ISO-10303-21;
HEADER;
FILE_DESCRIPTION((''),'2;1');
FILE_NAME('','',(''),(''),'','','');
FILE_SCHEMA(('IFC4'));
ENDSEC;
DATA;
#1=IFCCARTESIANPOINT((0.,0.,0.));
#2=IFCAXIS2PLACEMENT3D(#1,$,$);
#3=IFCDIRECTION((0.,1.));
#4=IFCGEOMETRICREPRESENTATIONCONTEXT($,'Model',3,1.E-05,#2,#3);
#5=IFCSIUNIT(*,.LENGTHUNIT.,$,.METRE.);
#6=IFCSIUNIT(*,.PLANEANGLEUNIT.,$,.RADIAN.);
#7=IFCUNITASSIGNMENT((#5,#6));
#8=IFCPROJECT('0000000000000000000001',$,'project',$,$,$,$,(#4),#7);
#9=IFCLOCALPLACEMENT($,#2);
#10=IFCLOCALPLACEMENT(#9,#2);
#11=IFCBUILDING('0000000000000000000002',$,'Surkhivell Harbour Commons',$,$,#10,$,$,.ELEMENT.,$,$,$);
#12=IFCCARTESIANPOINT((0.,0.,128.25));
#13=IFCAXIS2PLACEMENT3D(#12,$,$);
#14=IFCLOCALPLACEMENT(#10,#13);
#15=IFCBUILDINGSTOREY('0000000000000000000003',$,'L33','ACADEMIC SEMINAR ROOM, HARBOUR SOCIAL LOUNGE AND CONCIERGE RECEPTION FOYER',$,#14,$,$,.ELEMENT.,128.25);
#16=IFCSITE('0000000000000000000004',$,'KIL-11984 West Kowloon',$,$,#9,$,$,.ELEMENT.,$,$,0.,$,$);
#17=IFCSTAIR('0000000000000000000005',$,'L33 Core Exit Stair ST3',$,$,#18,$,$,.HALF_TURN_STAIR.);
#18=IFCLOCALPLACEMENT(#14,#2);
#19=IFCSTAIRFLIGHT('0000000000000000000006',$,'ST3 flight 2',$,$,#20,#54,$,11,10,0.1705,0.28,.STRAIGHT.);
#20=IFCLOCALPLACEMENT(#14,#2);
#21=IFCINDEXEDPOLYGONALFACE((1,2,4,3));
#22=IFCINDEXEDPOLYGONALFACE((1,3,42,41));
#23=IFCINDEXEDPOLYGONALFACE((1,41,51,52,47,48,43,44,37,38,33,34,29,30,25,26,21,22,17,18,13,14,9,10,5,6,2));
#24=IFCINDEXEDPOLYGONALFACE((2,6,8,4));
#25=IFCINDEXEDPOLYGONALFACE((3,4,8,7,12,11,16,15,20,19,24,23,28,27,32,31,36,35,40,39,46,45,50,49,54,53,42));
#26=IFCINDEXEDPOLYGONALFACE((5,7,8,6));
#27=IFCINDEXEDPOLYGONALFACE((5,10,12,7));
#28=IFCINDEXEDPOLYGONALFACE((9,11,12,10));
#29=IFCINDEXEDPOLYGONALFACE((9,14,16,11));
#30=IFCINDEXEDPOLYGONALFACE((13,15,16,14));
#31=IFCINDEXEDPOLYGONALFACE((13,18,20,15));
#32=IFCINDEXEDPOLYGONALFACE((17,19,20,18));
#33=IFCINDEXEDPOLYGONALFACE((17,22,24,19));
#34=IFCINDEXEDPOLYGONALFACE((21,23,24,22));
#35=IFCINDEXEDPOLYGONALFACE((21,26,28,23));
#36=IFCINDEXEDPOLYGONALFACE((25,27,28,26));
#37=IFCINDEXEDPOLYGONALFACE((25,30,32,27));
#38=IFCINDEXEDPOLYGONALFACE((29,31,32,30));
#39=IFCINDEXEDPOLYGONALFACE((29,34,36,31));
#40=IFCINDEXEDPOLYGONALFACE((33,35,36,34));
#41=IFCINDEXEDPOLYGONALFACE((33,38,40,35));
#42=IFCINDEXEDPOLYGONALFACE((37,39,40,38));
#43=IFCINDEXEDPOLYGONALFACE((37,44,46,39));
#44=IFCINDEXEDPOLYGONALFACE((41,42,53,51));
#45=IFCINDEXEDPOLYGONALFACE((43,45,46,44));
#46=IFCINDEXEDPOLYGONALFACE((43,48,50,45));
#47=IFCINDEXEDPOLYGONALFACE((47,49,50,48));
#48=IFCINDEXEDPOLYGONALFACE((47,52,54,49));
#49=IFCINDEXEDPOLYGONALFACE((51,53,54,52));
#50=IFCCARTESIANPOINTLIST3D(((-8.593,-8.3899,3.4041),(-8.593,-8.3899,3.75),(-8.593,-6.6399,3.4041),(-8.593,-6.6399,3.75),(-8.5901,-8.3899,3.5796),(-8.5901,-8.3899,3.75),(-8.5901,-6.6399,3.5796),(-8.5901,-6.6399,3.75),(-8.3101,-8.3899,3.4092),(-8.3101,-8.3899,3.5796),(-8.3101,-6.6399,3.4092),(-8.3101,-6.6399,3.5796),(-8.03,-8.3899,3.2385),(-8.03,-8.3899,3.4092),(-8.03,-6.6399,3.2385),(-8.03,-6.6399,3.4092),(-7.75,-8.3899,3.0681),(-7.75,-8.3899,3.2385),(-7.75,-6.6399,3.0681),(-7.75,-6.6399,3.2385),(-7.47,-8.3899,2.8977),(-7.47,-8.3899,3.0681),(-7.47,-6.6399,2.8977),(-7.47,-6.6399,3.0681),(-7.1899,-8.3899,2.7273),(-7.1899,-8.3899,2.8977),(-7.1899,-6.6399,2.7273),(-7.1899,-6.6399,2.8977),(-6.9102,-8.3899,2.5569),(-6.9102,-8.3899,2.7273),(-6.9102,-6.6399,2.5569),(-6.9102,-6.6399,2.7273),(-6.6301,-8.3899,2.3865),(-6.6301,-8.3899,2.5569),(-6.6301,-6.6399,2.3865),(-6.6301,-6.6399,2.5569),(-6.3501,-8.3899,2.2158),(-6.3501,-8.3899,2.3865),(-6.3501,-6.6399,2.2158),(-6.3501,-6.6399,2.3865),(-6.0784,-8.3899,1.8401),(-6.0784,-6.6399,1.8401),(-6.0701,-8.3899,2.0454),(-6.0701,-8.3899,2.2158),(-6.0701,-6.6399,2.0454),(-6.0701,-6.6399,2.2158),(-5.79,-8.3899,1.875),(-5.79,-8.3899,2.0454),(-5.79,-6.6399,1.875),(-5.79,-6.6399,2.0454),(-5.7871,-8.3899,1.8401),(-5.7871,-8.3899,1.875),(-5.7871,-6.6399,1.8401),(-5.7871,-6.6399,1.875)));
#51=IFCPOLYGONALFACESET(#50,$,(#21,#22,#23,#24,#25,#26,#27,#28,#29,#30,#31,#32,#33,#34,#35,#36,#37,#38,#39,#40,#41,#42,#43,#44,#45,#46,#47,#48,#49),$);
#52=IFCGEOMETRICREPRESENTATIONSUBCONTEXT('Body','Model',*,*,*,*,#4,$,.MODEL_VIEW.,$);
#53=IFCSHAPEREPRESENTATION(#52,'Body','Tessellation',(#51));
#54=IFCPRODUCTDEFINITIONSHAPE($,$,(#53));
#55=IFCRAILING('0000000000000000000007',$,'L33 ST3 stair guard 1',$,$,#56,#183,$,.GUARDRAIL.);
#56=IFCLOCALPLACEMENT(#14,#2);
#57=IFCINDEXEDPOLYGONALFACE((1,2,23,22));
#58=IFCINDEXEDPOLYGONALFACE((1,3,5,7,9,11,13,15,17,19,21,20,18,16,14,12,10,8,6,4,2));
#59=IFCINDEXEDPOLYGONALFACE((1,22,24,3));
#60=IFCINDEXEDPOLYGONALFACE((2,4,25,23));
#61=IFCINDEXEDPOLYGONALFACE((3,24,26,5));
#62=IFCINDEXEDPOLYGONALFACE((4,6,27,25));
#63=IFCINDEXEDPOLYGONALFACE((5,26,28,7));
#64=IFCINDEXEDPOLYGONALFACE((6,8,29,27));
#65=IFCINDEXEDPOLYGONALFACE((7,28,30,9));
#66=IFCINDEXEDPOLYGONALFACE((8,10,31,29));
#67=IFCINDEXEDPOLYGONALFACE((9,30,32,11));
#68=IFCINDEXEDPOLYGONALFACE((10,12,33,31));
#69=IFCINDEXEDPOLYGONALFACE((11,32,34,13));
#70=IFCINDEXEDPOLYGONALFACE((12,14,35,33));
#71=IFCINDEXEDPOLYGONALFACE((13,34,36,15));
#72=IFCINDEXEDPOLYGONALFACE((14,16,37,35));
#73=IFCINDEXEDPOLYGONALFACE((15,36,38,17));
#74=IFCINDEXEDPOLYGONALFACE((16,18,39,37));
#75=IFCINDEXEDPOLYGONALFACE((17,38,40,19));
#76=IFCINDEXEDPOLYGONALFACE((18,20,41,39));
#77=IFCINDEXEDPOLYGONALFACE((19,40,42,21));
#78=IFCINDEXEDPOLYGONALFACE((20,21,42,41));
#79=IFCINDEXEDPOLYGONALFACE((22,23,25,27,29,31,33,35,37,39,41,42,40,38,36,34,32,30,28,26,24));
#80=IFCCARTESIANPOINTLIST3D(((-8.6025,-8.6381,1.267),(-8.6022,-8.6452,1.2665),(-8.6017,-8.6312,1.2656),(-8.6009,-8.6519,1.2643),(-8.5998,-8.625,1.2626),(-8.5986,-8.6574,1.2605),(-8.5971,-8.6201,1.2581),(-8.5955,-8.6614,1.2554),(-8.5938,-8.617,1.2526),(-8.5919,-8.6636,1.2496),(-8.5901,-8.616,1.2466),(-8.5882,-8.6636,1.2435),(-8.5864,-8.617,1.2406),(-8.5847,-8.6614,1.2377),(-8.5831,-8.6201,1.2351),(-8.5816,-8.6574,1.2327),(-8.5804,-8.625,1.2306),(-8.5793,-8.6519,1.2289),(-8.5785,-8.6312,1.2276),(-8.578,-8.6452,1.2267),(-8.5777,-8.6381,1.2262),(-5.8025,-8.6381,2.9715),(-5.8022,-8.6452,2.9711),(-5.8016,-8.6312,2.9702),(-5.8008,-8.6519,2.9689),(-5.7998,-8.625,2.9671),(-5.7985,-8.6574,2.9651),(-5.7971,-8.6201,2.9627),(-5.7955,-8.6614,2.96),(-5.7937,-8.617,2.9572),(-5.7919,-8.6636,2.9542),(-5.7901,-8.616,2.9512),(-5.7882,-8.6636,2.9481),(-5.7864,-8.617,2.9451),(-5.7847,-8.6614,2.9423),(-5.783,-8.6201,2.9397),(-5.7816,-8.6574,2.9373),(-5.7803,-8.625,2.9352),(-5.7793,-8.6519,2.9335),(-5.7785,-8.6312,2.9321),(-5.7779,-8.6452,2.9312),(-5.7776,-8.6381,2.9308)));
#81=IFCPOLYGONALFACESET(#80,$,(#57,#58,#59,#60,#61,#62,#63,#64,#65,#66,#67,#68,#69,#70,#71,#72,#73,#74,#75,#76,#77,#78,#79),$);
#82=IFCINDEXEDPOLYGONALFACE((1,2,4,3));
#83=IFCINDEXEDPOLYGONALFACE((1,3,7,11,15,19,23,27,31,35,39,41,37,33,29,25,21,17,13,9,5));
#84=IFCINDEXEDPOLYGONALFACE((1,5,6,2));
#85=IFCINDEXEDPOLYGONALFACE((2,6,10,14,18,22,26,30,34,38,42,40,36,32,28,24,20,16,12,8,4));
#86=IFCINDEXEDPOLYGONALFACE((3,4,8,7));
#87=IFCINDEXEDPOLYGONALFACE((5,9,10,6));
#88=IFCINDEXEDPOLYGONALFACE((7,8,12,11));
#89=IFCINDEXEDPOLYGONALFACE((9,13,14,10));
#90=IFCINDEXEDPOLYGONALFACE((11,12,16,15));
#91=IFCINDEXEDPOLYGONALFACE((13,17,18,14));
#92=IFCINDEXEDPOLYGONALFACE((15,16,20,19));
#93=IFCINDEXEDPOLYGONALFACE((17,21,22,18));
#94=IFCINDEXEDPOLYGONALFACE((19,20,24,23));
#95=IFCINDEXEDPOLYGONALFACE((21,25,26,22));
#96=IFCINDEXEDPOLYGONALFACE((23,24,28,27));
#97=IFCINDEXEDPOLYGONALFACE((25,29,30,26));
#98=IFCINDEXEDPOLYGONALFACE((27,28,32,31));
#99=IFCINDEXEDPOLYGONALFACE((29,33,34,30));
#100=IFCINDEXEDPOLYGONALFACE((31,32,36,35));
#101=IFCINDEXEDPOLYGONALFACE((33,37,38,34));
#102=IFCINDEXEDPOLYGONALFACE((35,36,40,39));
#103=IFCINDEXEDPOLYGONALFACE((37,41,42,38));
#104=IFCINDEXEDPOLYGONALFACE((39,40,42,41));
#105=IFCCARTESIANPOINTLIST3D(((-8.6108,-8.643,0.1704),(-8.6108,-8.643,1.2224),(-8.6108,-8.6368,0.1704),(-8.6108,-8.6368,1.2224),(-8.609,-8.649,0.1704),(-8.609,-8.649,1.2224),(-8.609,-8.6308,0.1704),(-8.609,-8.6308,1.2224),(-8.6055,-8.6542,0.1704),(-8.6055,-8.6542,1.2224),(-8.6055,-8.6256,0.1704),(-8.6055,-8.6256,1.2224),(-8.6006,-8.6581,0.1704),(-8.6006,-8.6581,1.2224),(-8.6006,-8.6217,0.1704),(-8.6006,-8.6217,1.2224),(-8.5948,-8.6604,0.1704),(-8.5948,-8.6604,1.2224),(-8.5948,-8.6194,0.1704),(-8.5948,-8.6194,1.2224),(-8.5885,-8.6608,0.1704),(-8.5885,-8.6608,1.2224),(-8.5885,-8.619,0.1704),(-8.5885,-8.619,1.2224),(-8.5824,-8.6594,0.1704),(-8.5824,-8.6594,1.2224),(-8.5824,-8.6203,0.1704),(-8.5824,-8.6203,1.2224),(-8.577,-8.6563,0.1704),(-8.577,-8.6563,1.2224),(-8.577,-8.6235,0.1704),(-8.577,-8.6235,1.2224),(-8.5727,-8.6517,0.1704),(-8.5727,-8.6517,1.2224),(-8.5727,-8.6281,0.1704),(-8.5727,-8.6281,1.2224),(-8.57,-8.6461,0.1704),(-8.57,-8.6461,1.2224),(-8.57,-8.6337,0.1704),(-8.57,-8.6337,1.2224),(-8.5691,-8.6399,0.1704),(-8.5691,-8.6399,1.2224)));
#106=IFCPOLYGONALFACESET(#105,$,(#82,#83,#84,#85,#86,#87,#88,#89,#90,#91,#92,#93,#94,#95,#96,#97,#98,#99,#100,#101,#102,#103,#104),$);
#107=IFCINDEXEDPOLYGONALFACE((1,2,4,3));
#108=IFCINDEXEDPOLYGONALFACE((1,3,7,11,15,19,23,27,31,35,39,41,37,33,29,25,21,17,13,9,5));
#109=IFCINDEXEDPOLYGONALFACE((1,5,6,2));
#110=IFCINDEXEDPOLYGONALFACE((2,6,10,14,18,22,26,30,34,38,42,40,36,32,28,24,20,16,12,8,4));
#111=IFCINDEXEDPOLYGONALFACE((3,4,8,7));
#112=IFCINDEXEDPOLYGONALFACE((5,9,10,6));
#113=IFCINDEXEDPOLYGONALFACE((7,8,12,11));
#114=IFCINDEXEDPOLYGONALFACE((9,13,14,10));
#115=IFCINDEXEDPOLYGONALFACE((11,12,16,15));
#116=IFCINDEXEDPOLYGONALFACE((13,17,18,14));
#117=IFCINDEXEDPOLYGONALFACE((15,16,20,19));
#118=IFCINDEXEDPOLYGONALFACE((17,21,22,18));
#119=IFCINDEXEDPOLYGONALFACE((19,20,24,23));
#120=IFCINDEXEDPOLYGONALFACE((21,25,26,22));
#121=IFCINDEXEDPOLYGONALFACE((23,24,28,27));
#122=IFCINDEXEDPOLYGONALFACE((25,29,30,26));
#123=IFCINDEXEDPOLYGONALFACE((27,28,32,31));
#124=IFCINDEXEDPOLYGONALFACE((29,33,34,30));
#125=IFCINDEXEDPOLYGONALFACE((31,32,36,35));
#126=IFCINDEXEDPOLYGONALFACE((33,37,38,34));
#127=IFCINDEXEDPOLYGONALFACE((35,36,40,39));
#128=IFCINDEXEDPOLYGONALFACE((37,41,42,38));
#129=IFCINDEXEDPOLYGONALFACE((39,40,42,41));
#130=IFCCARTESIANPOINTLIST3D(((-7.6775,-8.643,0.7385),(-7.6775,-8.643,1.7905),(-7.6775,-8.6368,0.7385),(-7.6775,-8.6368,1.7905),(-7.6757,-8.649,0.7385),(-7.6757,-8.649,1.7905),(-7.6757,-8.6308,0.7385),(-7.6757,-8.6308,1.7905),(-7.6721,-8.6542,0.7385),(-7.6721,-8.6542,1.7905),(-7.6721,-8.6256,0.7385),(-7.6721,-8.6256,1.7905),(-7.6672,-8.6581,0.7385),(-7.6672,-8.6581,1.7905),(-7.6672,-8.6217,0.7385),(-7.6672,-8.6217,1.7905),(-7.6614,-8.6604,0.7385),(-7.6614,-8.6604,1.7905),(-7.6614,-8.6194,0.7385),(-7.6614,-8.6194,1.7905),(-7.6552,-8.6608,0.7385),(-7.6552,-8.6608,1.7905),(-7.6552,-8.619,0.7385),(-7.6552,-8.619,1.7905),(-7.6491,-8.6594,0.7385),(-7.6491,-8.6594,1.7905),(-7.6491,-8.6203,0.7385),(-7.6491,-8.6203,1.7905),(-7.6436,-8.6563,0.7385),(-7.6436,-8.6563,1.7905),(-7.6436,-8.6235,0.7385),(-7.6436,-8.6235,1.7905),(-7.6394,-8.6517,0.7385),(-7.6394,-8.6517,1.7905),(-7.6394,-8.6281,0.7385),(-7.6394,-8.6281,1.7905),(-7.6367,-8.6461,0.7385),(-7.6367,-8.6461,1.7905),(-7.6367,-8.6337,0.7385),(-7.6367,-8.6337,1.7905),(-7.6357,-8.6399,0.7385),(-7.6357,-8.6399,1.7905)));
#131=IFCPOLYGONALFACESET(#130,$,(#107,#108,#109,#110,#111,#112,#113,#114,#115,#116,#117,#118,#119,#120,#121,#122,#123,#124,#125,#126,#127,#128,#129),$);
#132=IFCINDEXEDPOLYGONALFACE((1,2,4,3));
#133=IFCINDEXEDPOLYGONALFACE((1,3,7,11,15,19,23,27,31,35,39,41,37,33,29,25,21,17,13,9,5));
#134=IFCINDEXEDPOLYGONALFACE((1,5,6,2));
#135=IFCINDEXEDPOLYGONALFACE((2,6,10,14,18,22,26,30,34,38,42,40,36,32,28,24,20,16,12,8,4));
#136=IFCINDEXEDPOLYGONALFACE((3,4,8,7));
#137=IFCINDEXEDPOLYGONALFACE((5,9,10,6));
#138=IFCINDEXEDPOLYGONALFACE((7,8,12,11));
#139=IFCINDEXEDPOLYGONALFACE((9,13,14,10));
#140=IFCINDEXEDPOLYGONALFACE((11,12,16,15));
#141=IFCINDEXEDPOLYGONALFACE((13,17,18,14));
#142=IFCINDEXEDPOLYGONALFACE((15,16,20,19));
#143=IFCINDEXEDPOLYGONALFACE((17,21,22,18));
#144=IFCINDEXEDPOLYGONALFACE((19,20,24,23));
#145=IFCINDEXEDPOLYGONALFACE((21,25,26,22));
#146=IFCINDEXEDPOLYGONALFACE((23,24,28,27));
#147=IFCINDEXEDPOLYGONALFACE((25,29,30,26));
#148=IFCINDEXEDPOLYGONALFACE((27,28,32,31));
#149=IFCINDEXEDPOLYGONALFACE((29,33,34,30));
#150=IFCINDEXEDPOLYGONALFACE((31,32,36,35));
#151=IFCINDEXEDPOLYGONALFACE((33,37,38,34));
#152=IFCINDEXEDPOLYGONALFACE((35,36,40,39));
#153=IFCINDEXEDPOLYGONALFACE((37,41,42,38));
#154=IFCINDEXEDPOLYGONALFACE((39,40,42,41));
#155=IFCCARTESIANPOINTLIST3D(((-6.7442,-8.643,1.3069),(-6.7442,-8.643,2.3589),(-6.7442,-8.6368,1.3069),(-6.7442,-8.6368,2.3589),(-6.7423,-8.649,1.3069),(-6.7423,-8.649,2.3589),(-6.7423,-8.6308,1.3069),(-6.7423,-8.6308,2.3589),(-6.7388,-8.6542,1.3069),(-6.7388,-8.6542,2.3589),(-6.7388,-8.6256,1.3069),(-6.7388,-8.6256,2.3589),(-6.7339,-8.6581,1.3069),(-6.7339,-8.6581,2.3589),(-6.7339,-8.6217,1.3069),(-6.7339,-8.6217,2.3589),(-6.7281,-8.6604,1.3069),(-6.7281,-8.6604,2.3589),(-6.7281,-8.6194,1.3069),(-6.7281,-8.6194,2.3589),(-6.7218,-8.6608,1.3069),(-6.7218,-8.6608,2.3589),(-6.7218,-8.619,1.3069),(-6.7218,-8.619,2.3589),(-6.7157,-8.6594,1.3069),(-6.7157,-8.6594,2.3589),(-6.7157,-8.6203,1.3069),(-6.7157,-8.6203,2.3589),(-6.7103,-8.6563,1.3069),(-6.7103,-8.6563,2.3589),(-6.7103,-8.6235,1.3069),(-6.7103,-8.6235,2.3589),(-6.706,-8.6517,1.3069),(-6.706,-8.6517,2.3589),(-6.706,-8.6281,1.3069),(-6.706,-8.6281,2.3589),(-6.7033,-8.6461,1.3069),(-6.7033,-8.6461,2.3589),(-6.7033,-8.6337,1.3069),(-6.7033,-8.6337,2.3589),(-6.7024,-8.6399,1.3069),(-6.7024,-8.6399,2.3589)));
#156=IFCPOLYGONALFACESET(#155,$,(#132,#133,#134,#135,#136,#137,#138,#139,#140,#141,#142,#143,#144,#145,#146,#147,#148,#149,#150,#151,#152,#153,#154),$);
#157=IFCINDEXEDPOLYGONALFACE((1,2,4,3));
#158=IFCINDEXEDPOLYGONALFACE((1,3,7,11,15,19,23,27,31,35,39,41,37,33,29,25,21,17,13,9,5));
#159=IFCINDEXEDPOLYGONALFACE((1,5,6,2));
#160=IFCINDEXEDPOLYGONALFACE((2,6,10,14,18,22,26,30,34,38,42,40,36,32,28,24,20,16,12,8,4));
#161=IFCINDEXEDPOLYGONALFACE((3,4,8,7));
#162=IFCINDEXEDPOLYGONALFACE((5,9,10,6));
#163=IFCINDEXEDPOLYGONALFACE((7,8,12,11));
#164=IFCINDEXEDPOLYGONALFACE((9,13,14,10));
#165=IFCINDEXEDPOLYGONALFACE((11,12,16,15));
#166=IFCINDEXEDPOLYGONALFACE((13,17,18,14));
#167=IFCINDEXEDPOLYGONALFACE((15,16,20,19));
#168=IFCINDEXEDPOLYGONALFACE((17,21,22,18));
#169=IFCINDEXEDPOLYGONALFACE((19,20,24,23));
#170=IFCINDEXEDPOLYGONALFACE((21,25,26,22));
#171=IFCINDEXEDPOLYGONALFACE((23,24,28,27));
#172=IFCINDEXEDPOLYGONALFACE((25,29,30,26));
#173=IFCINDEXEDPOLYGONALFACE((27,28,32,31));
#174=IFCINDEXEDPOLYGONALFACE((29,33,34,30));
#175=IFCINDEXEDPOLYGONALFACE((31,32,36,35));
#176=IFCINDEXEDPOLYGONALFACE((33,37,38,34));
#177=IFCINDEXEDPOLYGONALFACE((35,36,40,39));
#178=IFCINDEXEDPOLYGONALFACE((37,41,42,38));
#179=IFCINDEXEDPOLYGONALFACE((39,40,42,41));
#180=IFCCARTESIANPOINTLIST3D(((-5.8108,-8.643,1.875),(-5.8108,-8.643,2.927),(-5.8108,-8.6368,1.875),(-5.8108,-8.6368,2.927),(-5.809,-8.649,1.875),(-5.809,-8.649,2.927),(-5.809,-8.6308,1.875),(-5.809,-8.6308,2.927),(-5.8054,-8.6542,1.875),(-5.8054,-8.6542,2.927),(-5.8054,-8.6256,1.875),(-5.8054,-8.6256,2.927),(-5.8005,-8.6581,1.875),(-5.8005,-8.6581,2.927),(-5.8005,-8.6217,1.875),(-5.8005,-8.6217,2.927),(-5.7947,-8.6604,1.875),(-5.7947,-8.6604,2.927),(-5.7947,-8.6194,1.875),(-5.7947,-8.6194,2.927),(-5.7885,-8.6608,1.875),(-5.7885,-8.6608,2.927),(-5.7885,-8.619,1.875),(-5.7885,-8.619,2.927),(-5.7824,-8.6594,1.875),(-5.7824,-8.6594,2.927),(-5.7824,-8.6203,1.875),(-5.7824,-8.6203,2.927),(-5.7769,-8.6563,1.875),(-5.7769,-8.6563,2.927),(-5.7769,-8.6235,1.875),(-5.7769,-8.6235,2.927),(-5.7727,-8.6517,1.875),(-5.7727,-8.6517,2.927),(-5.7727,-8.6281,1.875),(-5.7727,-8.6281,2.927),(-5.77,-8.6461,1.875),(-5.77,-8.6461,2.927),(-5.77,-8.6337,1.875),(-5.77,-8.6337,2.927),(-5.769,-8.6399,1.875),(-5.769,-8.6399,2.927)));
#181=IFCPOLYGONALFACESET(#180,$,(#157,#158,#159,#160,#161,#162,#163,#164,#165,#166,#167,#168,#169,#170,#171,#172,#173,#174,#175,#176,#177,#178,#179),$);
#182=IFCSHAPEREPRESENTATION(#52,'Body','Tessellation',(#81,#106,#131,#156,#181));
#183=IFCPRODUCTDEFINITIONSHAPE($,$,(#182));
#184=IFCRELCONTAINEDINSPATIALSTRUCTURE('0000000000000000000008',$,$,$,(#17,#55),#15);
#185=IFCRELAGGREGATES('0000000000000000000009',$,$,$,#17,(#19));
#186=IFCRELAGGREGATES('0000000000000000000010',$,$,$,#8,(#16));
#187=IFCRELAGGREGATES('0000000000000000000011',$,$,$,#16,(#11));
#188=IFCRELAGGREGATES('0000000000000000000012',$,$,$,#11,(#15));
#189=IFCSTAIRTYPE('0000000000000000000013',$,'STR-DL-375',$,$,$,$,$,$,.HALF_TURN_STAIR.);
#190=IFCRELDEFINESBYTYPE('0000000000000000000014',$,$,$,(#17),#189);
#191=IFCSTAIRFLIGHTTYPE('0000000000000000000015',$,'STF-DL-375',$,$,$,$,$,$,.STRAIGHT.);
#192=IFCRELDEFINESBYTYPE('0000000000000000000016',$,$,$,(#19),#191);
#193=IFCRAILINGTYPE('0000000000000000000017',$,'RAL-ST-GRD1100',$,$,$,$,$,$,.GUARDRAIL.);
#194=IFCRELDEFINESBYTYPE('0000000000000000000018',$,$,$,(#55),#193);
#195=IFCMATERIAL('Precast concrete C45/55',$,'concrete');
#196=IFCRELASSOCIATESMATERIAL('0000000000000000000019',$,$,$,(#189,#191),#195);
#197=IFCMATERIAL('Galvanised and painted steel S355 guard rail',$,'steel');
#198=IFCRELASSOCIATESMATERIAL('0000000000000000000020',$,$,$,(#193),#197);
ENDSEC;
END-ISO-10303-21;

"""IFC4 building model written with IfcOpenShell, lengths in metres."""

from ifc_helpers import new_model, si_unit, direction, frame, origin, origin_2d, place, context, subcontext, project, spatial, polyline, circle, outline, extrude, material, type_object, element, aggregate, save


model = new_model("IFC4")

# Units and contexts
model_context = context("Model", 3, precision=1e-05, world=origin(), true_north=direction((0.0, 1.0)))
body_context = subcontext(model_context, "Body", "Model", "MODEL_VIEW")
ifc_project = project(units=[si_unit("LENGTHUNIT", "METRE"), si_unit("PLANEANGLEUNIT", "RADIAN")], contexts=[model_context])

# Site, building, storey
site_placement = place(None, origin())
site = spatial("IfcSite", under=ifc_project, at=site_placement, Name="KIL-11984 West Kowloon", CompositionType="ELEMENT", RefElevation=0.0)
building_placement = place(site_placement, origin())
building = spatial("IfcBuilding", under=site, at=building_placement, Name="Surkhivell Harbour Commons", CompositionType="ELEMENT")
storey_placement = place(building_placement, frame((0.0, 0.0, 128.25)))
storey = spatial("IfcBuildingStorey", under=building, at=storey_placement, Name="L33", Description="ACADEMIC SEMINAR ROOM, HARBOUR SOCIAL LOUNGE AND CONCIERGE RECEPTION FOYER", CompositionType="ELEMENT", Elevation=128.25)

# Stair, stair flight
ifc_material_1 = material(Name="Precast concrete C45/55", Category="concrete")
stair_type = type_object("IfcStairType", Name="STR-DL-375", PredefinedType="HALF_TURN_STAIR", material=ifc_material_1)
stair_placement = place(storey_placement, origin())
stair = element("IfcStair", 1, at=stair_placement, inside=storey, type_object=stair_type, Name="L33 Core Exit Stair ST3", PredefinedType="HALF_TURN_STAIR")
stair_flight_type = type_object("IfcStairFlightType", Name="STF-DL-375", PredefinedType="STRAIGHT", material=ifc_material_1)
stair_flight_1_placement = place(storey_placement, frame((-5.79, -7.5149, 1.875), z_axis=(0.0, 0.0, 1.0), x_axis=(-1.0, 0.0, 0.0)))
stair_flight_1 = element("IfcStairFlight", 2, at=stair_flight_1_placement, type_object=stair_flight_type, Name="ST3 flight 2", NumberOfRisers=11, NumberOfTreads=10, PredefinedType="STRAIGHT", RiserHeight=0.1705, TreadLength=0.28, context=body_context, shape_type="SweptSolid", body=[
    extrude(outline(polyline([(-0.0029, -0.0349), (-0.0029, 0.0), (0.0, 0.0), (0.0, 0.1704), (0.28, 0.1704), (0.28, 0.3408), (0.5601, 0.3408), (0.5601, 0.5115), (0.8401, 0.5115), (0.8401, 0.6819), (1.1201, 0.6819), (1.1201, 0.8523), (1.3999, 0.8523), (1.3999, 1.0227), (1.6799, 1.0227), (1.6799, 1.1931), (1.96, 1.1931), (1.96, 1.3635), (2.24, 1.3635), (2.24, 1.5342), (2.52, 1.5342), (2.52, 1.7046), (2.8, 1.7046), (2.8, 1.875), (2.803, 1.875), (2.803, 1.5291), (0.2883, -0.0349), (-0.0029, -0.0349)])), frame((0.0, 0.875, 0.0), z_axis=(0.0, -1.0, 0.0), x_axis=(1.0, 0.0, 0.0)), (0.0, 0.0, 1.0), 1.75),
])
aggregate(stair, [stair_flight_1])

# Railing
ifc_material_2 = material(Name="Galvanised and painted steel S355 guard rail", Category="steel")
railing_type_1 = type_object("IfcRailingType", Name="RAL-ST-GRD1100", PredefinedType="GUARDRAIL", material=ifc_material_2)
railing_1_placement = place(storey_placement, frame((-8.5901, -8.6399, 0.1704)))
element("IfcRailing", 3, at=railing_1_placement, inside=storey, type_object=railing_type_1, Name="L33 ST3 stair guard 1", PredefinedType="GUARDRAIL", context=body_context, shape_type="SweptSolid", body=[
    extrude(circle(Radius=0.0239, at=origin_2d()), frame((0.0, 0.0, 1.0762), z_axis=(0.85417, 0.0, 0.519994), x_axis=(0.0, 1.0, 0.0)), (0.0, 0.0, 1.0), 3.2781),
    extrude(circle(Radius=0.021, at=origin_2d()), origin(), (0.0, 0.0, 1.0), 1.052),
    extrude(circle(Radius=0.021, at=origin_2d()), frame((0.9333, 0.0, 0.5681)), (0.0, 0.0, 1.0), 1.052),
    extrude(circle(Radius=0.021, at=origin_2d()), frame((1.8667, 0.0, 1.1365)), (0.0, 0.0, 1.0), 1.052),
    extrude(circle(Radius=0.021, at=origin_2d()), frame((2.8, 0.0, 1.7046)), (0.0, 0.0, 1.0), 1.052),
])

save(model, "model.ifc")
